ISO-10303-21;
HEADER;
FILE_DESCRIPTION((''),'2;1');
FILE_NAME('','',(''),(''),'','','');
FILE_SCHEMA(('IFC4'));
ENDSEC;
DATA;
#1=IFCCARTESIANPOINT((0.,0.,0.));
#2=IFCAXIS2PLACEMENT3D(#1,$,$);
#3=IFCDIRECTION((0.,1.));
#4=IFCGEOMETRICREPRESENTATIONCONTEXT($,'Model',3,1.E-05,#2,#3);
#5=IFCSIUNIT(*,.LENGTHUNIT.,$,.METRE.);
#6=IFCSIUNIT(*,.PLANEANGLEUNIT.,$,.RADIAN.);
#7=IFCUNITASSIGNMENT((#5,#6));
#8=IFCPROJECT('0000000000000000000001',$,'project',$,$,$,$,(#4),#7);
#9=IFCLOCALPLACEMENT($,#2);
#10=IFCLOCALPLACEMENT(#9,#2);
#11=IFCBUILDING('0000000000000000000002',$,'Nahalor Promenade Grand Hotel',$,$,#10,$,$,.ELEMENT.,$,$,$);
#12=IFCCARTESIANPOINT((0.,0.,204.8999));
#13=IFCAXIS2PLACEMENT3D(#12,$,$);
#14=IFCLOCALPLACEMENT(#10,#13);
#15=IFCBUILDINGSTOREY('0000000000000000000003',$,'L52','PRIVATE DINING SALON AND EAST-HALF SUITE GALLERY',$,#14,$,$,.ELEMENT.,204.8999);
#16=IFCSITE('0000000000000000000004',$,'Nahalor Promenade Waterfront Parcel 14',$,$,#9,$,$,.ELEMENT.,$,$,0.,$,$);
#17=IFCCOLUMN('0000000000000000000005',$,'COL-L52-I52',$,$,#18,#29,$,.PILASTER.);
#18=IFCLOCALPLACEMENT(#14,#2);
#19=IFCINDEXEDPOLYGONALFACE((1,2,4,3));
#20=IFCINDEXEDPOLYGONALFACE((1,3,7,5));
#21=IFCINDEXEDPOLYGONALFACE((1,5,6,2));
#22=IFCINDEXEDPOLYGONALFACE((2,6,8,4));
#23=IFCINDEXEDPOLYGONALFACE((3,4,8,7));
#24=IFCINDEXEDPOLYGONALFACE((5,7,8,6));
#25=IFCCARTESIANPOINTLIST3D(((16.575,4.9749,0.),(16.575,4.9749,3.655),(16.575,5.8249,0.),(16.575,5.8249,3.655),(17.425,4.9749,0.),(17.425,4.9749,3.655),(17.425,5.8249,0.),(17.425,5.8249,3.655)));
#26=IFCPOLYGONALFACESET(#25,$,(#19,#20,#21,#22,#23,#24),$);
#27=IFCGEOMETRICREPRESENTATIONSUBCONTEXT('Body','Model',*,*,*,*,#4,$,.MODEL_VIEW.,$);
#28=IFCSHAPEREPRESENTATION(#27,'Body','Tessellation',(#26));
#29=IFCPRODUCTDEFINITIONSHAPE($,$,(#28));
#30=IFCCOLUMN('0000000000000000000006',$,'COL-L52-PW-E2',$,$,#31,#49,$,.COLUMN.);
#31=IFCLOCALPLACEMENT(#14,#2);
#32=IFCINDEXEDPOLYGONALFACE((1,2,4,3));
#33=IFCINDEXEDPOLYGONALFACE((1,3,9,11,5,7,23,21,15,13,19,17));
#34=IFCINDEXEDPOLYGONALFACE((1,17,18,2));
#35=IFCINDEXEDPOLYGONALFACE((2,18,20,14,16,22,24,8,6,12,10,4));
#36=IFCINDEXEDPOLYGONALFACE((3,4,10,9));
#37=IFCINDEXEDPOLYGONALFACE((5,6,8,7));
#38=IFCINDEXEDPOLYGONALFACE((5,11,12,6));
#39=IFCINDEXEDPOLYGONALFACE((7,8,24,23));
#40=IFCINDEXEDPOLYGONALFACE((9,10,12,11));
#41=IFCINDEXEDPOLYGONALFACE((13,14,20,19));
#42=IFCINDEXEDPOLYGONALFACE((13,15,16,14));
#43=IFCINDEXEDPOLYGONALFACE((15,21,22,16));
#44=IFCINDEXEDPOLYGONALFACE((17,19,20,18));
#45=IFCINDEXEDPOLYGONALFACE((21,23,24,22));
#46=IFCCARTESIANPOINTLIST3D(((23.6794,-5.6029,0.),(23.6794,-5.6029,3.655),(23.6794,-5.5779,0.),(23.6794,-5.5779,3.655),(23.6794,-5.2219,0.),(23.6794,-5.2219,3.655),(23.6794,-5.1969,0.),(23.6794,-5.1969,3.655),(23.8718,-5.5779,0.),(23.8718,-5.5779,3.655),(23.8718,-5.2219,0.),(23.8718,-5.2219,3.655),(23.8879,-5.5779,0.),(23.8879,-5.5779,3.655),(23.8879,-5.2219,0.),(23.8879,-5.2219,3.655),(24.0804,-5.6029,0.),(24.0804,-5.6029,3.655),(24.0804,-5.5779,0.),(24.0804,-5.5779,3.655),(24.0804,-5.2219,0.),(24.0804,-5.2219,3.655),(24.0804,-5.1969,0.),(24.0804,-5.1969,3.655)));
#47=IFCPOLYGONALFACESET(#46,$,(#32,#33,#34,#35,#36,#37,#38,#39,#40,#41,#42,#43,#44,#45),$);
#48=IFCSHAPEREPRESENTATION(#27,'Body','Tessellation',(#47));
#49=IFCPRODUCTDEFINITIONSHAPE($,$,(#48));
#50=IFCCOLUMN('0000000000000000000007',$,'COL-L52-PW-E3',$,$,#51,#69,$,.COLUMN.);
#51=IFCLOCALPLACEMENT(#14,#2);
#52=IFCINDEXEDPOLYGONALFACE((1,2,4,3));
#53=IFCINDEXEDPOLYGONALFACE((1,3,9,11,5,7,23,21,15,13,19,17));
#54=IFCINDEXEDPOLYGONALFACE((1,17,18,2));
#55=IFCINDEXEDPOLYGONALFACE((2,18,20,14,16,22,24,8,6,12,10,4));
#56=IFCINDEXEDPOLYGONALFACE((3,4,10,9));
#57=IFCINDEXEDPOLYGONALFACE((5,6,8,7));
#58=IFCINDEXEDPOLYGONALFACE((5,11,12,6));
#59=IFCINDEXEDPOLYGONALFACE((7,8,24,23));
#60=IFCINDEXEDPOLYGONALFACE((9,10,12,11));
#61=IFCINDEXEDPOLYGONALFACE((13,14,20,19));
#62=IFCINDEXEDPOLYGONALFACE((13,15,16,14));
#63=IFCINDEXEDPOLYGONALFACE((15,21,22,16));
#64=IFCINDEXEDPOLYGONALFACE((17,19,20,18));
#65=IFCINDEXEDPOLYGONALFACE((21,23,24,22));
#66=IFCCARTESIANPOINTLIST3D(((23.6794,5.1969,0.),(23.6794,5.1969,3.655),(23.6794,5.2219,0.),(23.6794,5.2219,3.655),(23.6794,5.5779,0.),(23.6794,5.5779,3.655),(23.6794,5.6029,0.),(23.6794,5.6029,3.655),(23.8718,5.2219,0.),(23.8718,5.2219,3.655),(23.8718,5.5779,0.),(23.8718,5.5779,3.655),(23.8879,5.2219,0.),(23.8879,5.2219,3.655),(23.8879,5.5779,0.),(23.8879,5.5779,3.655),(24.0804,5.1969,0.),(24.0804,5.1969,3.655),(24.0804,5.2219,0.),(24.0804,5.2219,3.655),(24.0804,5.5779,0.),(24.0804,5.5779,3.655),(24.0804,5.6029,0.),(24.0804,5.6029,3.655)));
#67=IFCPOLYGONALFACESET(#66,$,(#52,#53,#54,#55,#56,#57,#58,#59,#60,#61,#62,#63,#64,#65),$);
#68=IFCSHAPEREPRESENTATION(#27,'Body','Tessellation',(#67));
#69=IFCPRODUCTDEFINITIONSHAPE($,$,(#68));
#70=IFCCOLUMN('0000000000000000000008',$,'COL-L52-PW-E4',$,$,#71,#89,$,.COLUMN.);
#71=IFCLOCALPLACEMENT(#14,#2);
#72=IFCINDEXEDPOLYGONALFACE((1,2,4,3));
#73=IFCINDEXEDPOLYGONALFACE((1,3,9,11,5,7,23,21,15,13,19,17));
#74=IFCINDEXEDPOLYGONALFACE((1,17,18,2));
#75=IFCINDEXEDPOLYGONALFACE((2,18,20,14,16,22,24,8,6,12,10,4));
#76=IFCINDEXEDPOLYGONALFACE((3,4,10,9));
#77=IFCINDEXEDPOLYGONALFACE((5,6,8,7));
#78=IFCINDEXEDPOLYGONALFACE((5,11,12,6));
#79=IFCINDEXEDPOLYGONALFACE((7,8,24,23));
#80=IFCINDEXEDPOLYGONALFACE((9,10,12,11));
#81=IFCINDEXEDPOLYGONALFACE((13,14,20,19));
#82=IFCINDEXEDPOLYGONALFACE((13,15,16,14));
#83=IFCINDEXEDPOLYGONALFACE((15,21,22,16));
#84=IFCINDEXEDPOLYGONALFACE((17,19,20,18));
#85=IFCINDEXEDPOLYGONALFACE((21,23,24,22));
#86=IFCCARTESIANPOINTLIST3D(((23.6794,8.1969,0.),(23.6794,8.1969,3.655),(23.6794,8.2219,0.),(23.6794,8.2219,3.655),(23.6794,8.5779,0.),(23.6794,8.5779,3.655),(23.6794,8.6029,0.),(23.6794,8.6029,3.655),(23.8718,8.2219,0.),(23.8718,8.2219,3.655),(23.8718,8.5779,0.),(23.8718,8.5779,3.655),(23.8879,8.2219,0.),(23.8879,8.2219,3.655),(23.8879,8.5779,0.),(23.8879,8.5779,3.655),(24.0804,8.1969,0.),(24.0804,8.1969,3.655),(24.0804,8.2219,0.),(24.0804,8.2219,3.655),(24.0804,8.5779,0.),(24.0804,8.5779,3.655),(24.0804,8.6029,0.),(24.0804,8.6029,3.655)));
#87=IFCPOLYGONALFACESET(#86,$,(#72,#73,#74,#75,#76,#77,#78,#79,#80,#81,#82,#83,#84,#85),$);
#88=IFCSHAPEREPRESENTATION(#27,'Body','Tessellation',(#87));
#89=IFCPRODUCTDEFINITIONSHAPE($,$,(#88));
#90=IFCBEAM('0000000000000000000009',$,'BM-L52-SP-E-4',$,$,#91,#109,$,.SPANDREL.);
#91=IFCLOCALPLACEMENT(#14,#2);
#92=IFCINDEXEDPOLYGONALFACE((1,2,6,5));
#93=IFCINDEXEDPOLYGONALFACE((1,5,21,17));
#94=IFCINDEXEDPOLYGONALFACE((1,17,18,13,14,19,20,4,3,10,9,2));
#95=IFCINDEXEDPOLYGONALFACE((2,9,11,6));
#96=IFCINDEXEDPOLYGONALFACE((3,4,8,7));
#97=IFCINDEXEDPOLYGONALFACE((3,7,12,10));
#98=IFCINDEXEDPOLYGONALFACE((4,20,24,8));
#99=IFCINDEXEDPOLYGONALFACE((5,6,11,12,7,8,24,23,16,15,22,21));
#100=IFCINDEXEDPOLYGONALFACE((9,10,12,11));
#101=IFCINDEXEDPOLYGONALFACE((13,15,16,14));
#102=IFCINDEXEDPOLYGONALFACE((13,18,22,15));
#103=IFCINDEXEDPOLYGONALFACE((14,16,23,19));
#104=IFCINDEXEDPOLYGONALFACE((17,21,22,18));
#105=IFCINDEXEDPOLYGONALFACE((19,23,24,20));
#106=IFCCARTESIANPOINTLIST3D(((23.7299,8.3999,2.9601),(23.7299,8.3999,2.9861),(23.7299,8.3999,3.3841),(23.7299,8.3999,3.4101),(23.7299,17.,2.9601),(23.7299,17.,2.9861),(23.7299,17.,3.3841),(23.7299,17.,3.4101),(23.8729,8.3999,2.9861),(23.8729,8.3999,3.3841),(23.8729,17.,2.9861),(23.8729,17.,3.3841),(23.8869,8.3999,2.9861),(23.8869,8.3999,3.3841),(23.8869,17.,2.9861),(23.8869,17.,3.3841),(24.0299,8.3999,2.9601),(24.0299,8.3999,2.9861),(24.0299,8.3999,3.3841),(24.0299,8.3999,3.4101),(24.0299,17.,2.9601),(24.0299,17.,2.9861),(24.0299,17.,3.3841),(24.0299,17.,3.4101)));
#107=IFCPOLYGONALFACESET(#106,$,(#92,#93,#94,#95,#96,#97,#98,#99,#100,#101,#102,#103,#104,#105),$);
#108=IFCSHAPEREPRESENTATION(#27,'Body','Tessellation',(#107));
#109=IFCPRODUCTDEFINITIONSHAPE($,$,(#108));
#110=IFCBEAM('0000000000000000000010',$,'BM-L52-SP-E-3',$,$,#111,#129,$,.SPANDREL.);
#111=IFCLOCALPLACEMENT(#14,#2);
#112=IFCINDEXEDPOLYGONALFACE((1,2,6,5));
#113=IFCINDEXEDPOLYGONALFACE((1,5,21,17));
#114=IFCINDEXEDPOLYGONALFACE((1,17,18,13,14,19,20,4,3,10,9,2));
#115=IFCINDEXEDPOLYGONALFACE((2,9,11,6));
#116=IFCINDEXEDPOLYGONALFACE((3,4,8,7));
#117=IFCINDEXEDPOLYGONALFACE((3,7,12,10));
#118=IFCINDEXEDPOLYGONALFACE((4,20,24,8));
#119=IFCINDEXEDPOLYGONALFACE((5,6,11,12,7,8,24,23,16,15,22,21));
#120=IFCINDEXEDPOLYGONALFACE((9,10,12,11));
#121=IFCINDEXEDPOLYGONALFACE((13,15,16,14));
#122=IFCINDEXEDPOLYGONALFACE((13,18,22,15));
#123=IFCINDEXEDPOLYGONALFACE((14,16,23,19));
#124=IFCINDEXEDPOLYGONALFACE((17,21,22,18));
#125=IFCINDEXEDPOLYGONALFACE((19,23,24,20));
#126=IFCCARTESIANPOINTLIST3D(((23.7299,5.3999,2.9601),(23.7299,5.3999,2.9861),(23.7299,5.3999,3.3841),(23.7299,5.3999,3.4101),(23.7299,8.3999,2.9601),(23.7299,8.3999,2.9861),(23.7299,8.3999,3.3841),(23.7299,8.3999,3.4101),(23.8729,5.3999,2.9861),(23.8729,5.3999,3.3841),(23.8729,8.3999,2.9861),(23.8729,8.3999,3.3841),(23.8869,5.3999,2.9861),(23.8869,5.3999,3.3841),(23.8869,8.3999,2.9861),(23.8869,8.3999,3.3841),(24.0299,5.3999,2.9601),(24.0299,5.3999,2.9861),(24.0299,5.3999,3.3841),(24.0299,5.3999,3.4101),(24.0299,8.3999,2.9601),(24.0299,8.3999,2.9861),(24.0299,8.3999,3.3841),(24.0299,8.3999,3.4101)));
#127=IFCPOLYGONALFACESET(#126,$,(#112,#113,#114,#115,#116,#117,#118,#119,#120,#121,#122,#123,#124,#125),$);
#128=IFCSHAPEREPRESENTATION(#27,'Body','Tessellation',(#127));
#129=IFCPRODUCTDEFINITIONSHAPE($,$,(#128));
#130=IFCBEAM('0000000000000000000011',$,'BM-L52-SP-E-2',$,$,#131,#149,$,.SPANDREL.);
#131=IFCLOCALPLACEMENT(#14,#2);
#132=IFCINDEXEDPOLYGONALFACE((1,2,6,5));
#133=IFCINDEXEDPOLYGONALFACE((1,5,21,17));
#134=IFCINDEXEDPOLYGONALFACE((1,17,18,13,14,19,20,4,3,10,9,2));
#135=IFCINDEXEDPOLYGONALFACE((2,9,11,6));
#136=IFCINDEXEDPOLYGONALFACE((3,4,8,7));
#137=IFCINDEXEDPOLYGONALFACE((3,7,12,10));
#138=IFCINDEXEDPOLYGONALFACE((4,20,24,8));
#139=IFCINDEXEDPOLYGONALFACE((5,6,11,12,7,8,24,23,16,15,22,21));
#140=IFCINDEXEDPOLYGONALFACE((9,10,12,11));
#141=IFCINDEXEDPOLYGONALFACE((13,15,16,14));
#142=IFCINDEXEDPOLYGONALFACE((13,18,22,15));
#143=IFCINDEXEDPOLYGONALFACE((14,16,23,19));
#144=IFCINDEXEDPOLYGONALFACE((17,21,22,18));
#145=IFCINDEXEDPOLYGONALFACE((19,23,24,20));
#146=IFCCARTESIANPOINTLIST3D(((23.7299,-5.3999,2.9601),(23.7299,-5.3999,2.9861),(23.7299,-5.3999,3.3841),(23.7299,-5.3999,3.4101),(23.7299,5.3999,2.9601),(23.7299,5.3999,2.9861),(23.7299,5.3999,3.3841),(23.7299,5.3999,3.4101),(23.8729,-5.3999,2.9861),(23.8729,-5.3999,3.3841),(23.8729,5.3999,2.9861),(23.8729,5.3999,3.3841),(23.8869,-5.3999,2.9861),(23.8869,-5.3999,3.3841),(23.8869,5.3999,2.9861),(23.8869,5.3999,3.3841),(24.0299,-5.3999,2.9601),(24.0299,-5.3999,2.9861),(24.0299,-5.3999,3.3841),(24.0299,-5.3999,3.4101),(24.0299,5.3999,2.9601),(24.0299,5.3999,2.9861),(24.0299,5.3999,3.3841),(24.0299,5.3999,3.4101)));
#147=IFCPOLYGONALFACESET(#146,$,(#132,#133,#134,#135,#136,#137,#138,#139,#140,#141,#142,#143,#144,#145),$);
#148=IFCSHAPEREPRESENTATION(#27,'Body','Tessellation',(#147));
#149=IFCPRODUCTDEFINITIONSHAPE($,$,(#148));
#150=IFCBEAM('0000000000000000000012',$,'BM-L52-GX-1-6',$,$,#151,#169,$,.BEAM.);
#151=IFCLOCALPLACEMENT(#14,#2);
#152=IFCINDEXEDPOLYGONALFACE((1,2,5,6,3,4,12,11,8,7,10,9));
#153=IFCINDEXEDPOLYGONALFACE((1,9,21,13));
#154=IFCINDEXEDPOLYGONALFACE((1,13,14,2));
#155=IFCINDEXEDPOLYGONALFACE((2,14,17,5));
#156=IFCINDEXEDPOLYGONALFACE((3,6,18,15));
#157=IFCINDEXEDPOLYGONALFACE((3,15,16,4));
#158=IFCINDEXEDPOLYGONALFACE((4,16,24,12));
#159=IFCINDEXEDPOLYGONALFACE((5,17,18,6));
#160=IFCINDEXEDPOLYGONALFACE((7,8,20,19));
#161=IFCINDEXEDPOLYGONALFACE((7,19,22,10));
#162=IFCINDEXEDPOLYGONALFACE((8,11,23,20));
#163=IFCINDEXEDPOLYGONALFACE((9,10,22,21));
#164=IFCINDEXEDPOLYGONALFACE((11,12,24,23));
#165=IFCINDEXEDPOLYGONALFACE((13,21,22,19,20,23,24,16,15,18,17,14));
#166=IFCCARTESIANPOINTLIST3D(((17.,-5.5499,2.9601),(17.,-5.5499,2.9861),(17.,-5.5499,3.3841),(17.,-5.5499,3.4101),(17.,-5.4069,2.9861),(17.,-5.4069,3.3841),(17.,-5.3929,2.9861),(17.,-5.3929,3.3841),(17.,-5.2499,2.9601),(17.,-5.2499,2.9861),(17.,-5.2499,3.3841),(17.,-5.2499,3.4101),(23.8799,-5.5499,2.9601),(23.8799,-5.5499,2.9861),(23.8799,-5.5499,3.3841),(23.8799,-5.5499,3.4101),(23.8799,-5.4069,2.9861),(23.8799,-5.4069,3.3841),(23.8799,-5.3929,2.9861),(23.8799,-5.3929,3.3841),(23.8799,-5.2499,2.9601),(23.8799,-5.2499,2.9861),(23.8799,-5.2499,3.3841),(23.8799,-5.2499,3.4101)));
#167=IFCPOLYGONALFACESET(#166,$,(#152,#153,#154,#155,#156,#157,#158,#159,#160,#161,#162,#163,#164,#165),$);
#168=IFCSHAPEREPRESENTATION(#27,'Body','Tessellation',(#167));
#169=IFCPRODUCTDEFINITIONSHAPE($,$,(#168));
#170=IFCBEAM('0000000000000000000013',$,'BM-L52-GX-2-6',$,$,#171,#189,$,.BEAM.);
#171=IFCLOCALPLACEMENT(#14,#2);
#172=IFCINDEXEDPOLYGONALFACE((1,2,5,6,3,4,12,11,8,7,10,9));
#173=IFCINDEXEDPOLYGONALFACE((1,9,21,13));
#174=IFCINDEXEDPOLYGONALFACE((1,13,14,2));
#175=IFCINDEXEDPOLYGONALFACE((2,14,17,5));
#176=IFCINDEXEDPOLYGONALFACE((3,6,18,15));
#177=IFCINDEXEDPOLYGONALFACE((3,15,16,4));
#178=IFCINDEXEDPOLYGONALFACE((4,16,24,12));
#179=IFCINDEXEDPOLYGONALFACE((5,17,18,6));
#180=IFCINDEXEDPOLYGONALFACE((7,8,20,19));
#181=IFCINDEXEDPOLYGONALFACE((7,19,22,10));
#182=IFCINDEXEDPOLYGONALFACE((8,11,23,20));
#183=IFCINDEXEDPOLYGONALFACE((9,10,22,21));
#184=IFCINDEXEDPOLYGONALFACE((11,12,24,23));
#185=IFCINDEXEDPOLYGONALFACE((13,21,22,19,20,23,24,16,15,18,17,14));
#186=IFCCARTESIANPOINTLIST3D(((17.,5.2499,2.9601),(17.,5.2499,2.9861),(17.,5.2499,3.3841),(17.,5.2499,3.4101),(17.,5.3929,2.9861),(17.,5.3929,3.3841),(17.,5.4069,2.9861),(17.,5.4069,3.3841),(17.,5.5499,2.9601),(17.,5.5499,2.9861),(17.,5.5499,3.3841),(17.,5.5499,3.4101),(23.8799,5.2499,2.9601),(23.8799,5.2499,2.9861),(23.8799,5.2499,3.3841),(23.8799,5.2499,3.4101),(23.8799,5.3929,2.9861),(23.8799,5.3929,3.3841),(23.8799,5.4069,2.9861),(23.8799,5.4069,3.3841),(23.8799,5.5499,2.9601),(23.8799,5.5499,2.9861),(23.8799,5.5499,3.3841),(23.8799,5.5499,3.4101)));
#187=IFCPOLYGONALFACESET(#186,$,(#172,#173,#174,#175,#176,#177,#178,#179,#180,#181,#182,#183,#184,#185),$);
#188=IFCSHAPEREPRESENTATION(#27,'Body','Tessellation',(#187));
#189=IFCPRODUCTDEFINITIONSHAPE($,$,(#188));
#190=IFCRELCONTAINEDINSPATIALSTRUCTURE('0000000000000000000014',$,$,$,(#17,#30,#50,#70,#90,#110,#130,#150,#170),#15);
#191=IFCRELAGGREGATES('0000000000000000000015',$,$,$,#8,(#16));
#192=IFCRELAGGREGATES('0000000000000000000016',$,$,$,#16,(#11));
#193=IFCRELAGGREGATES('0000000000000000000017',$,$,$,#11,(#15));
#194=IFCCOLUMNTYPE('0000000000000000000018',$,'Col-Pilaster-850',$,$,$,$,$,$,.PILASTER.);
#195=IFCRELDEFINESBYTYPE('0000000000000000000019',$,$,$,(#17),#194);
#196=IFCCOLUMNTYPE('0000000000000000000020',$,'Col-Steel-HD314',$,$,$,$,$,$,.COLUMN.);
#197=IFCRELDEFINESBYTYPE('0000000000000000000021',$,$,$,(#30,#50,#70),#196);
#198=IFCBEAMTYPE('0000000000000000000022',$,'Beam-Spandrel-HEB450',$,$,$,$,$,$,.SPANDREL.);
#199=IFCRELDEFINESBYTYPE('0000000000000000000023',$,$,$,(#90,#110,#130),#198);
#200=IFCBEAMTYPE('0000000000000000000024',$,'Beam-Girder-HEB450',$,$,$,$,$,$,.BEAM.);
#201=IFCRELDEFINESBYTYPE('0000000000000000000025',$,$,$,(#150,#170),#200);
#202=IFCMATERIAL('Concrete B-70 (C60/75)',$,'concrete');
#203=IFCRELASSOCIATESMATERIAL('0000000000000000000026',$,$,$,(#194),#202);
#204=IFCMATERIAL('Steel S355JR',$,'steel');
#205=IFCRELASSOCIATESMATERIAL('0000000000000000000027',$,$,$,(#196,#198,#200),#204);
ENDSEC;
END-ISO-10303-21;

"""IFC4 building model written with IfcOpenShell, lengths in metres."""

from ifc_helpers import new_model, si_unit, direction, frame, origin, origin_2d, place, context, subcontext, project, spatial, rectangle, i_section, extrude, source, transform, mapped, material, material_profile, profile_set, type_object, element, save


model = new_model("IFC4")

# Units and contexts
model_context = context("Model", 3, precision=1e-05, world=origin(), true_north=direction((0.0, 1.0)))
body_context = subcontext(model_context, "Body", "Model", "MODEL_VIEW")
ifc_project = project(units=[si_unit("LENGTHUNIT", "METRE"), si_unit("PLANEANGLEUNIT", "RADIAN")], contexts=[model_context])

# Site, building, storey
site_placement = place(None, origin())
site = spatial("IfcSite", under=ifc_project, at=site_placement, Name="Nahalor Promenade Waterfront Parcel 14", CompositionType="ELEMENT", RefElevation=0.0)
building_placement = place(site_placement, origin())
building = spatial("IfcBuilding", under=site, at=building_placement, Name="Nahalor Promenade Grand Hotel", CompositionType="ELEMENT")
storey_placement = place(building_placement, frame((0.0, 0.0, 204.8999)))
storey = spatial("IfcBuildingStorey", under=building, at=storey_placement, Name="L52", Description="PRIVATE DINING SALON AND EAST-HALF SUITE GALLERY", CompositionType="ELEMENT", Elevation=204.8999)

# Columns
ifc_material_1 = material(Name="Concrete B-70 (C60/75)", Category="concrete")
ifc_material_profile_1 = material_profile(ifc_material_1, rectangle(XDim=0.85, YDim=0.85, at=origin_2d()), Name="RC 850x850")
ifc_profile_set_1 = profile_set([ifc_material_profile_1], Name="Concrete B-70 (C60/75)")
column_type_1 = type_object("IfcColumnType", Name="Col-Pilaster-850", PredefinedType="PILASTER", material=ifc_profile_set_1)
shared_shape_1 = source(origin(), body_context, "Body", "SweptSolid", [
    extrude(rectangle(XDim=0.85, YDim=0.85, at=origin_2d()), origin(), (0.0, 0.0, 1.0), 3.655),
])
column_placement = place(storey_placement, frame((17.0, 5.3999, 0.0), z_axis=(0.0, 0.0, 1.0), x_axis=(1.0, 0.0, 0.0)))
element("IfcColumn", 1, at=column_placement, inside=storey, type_object=column_type_1, Name="COL-L52-I52", PredefinedType="PILASTER", context=body_context, shape_type="MappedRepresentation", body=[
    mapped(shared_shape_1, transform((0.0, 0.0, 0.0), scale=1.0)),
])
ifc_material_2 = material(Name="Steel S355JR", Category="steel")
ifc_material_profile_2 = material_profile(ifc_material_2, i_section(OverallWidth=0.401, OverallDepth=0.406, WebThickness=0.0161, FlangeThickness=0.025, at=origin_2d()), Name="HD 400x314")
ifc_profile_set_2 = profile_set([ifc_material_profile_2], Name="Steel S355JR")
column_type_2 = type_object("IfcColumnType", Name="Col-Steel-HD314", PredefinedType="COLUMN", material=ifc_profile_set_2)
shared_shape_2 = source(origin(), body_context, "Body", "SweptSolid", [
    extrude(i_section(OverallWidth=0.401, OverallDepth=0.406, WebThickness=0.0161, FlangeThickness=0.025, at=origin_2d()), origin(), (0.0, 0.0, 1.0), 3.655),
])
for number, where, z_axis, x_axis, name in (
    (2, (23.8799, -5.3999, 0.0), (0.0, 0.0, 1.0), (1.0, 0.0, 0.0), "COL-L52-PW-E2"),
    (3, (23.8799, 5.3999, 0.0), (0.0, 0.0, 1.0), (1.0, 0.0, 0.0), "COL-L52-PW-E3"),
    (4, (23.8799, 8.3999, 0.0), (0.0, 0.0, 1.0), (1.0, 0.0, 0.0), "COL-L52-PW-E4"),
):
    element("IfcColumn", number, at=place(storey_placement, frame(where, z_axis=z_axis, x_axis=x_axis)), inside=storey, type_object=column_type_2, Name=name, PredefinedType="COLUMN", context=body_context, shape_type="MappedRepresentation", body=[
        mapped(shared_shape_2, transform((0.0, 0.0, 0.0), scale=1.0)),
    ])

# Beams
ifc_material_profile_3 = material_profile(ifc_material_2, i_section(OverallWidth=0.3, OverallDepth=0.45, WebThickness=0.014, FlangeThickness=0.026, at=origin_2d()), Name="HEB 450")
ifc_profile_set_3 = profile_set([ifc_material_profile_3], Name="Steel S355JR")
beam_type_1 = type_object("IfcBeamType", Name="Beam-Spandrel-HEB450", PredefinedType="SPANDREL", material=ifc_profile_set_3)
shared_shape_3 = source(origin(), body_context, "Body", "SweptSolid", [
    extrude(i_section(OverallWidth=0.3, OverallDepth=0.45, WebThickness=0.014, FlangeThickness=0.026, at=origin_2d()), origin(), (0.0, 0.0, 1.0), 8.6001),
])
beam_1_placement = place(storey_placement, frame((23.8799, 8.3999, 3.1851), z_axis=(0.0, 1.0, 0.0), x_axis=(-1.0, 0.0, 0.0)))
element("IfcBeam", 5, at=beam_1_placement, inside=storey, type_object=beam_type_1, Name="BM-L52-SP-E-4", PredefinedType="SPANDREL", context=body_context, shape_type="MappedRepresentation", body=[
    mapped(shared_shape_3, transform((0.0, 0.0, 0.0), scale=1.0)),
])
shared_shape_4 = source(origin(), body_context, "Body", "SweptSolid", [
    extrude(i_section(OverallWidth=0.3, OverallDepth=0.45, WebThickness=0.014, FlangeThickness=0.026, at=origin_2d()), origin(), (0.0, 0.0, 1.0), 3.0),
])
beam_2_placement = place(storey_placement, frame((23.8799, 5.3999, 3.1851), z_axis=(0.0, 1.0, 0.0), x_axis=(-1.0, 0.0, 0.0)))
element("IfcBeam", 6, at=beam_2_placement, inside=storey, type_object=beam_type_1, Name="BM-L52-SP-E-3", PredefinedType="SPANDREL", context=body_context, shape_type="MappedRepresentation", body=[
    mapped(shared_shape_4, transform((0.0, 0.0, 0.0), scale=1.0)),
])
shared_shape_5 = source(origin(), body_context, "Body", "SweptSolid", [
    extrude(i_section(OverallWidth=0.3, OverallDepth=0.45, WebThickness=0.014, FlangeThickness=0.026, at=origin_2d()), origin(), (0.0, 0.0, 1.0), 10.7998),
])
beam_3_placement = place(storey_placement, frame((23.8799, -5.3999, 3.1851), z_axis=(0.0, 1.0, 0.0), x_axis=(-1.0, 0.0, 0.0)))
element("IfcBeam", 7, at=beam_3_placement, inside=storey, type_object=beam_type_1, Name="BM-L52-SP-E-2", PredefinedType="SPANDREL", context=body_context, shape_type="MappedRepresentation", body=[
    mapped(shared_shape_5, transform((0.0, 0.0, 0.0), scale=1.0)),
])
ifc_material_profile_4 = material_profile(ifc_material_2, i_section(OverallWidth=0.3, OverallDepth=0.45, WebThickness=0.014, FlangeThickness=0.026, at=origin_2d()), Name="HEB 450")
ifc_profile_set_4 = profile_set([ifc_material_profile_4], Name="Steel S355JR")
beam_type_2 = type_object("IfcBeamType", Name="Beam-Girder-HEB450", PredefinedType="BEAM", material=ifc_profile_set_4)
shared_shape_6 = source(origin(), body_context, "Body", "SweptSolid", [
    extrude(i_section(OverallWidth=0.3, OverallDepth=0.45, WebThickness=0.014, FlangeThickness=0.026, at=origin_2d()), origin(), (0.0, 0.0, 1.0), 6.8799),
])
for number, where, z_axis, x_axis, name in (
    (8, (17.0, -5.3999, 3.1851), (1.0, 0.0, 0.0), (0.0, 1.0, 0.0), "BM-L52-GX-1-6"),
    (9, (17.0, 5.3999, 3.1851), (1.0, 0.0, 0.0), (0.0, 1.0, 0.0), "BM-L52-GX-2-6"),
):
    element("IfcBeam", number, at=place(storey_placement, frame(where, z_axis=z_axis, x_axis=x_axis)), inside=storey, type_object=beam_type_2, Name=name, PredefinedType="BEAM", context=body_context, shape_type="MappedRepresentation", body=[
        mapped(shared_shape_6, transform((0.0, 0.0, 0.0), scale=1.0)),
    ])

save(model, "model.ifc")
